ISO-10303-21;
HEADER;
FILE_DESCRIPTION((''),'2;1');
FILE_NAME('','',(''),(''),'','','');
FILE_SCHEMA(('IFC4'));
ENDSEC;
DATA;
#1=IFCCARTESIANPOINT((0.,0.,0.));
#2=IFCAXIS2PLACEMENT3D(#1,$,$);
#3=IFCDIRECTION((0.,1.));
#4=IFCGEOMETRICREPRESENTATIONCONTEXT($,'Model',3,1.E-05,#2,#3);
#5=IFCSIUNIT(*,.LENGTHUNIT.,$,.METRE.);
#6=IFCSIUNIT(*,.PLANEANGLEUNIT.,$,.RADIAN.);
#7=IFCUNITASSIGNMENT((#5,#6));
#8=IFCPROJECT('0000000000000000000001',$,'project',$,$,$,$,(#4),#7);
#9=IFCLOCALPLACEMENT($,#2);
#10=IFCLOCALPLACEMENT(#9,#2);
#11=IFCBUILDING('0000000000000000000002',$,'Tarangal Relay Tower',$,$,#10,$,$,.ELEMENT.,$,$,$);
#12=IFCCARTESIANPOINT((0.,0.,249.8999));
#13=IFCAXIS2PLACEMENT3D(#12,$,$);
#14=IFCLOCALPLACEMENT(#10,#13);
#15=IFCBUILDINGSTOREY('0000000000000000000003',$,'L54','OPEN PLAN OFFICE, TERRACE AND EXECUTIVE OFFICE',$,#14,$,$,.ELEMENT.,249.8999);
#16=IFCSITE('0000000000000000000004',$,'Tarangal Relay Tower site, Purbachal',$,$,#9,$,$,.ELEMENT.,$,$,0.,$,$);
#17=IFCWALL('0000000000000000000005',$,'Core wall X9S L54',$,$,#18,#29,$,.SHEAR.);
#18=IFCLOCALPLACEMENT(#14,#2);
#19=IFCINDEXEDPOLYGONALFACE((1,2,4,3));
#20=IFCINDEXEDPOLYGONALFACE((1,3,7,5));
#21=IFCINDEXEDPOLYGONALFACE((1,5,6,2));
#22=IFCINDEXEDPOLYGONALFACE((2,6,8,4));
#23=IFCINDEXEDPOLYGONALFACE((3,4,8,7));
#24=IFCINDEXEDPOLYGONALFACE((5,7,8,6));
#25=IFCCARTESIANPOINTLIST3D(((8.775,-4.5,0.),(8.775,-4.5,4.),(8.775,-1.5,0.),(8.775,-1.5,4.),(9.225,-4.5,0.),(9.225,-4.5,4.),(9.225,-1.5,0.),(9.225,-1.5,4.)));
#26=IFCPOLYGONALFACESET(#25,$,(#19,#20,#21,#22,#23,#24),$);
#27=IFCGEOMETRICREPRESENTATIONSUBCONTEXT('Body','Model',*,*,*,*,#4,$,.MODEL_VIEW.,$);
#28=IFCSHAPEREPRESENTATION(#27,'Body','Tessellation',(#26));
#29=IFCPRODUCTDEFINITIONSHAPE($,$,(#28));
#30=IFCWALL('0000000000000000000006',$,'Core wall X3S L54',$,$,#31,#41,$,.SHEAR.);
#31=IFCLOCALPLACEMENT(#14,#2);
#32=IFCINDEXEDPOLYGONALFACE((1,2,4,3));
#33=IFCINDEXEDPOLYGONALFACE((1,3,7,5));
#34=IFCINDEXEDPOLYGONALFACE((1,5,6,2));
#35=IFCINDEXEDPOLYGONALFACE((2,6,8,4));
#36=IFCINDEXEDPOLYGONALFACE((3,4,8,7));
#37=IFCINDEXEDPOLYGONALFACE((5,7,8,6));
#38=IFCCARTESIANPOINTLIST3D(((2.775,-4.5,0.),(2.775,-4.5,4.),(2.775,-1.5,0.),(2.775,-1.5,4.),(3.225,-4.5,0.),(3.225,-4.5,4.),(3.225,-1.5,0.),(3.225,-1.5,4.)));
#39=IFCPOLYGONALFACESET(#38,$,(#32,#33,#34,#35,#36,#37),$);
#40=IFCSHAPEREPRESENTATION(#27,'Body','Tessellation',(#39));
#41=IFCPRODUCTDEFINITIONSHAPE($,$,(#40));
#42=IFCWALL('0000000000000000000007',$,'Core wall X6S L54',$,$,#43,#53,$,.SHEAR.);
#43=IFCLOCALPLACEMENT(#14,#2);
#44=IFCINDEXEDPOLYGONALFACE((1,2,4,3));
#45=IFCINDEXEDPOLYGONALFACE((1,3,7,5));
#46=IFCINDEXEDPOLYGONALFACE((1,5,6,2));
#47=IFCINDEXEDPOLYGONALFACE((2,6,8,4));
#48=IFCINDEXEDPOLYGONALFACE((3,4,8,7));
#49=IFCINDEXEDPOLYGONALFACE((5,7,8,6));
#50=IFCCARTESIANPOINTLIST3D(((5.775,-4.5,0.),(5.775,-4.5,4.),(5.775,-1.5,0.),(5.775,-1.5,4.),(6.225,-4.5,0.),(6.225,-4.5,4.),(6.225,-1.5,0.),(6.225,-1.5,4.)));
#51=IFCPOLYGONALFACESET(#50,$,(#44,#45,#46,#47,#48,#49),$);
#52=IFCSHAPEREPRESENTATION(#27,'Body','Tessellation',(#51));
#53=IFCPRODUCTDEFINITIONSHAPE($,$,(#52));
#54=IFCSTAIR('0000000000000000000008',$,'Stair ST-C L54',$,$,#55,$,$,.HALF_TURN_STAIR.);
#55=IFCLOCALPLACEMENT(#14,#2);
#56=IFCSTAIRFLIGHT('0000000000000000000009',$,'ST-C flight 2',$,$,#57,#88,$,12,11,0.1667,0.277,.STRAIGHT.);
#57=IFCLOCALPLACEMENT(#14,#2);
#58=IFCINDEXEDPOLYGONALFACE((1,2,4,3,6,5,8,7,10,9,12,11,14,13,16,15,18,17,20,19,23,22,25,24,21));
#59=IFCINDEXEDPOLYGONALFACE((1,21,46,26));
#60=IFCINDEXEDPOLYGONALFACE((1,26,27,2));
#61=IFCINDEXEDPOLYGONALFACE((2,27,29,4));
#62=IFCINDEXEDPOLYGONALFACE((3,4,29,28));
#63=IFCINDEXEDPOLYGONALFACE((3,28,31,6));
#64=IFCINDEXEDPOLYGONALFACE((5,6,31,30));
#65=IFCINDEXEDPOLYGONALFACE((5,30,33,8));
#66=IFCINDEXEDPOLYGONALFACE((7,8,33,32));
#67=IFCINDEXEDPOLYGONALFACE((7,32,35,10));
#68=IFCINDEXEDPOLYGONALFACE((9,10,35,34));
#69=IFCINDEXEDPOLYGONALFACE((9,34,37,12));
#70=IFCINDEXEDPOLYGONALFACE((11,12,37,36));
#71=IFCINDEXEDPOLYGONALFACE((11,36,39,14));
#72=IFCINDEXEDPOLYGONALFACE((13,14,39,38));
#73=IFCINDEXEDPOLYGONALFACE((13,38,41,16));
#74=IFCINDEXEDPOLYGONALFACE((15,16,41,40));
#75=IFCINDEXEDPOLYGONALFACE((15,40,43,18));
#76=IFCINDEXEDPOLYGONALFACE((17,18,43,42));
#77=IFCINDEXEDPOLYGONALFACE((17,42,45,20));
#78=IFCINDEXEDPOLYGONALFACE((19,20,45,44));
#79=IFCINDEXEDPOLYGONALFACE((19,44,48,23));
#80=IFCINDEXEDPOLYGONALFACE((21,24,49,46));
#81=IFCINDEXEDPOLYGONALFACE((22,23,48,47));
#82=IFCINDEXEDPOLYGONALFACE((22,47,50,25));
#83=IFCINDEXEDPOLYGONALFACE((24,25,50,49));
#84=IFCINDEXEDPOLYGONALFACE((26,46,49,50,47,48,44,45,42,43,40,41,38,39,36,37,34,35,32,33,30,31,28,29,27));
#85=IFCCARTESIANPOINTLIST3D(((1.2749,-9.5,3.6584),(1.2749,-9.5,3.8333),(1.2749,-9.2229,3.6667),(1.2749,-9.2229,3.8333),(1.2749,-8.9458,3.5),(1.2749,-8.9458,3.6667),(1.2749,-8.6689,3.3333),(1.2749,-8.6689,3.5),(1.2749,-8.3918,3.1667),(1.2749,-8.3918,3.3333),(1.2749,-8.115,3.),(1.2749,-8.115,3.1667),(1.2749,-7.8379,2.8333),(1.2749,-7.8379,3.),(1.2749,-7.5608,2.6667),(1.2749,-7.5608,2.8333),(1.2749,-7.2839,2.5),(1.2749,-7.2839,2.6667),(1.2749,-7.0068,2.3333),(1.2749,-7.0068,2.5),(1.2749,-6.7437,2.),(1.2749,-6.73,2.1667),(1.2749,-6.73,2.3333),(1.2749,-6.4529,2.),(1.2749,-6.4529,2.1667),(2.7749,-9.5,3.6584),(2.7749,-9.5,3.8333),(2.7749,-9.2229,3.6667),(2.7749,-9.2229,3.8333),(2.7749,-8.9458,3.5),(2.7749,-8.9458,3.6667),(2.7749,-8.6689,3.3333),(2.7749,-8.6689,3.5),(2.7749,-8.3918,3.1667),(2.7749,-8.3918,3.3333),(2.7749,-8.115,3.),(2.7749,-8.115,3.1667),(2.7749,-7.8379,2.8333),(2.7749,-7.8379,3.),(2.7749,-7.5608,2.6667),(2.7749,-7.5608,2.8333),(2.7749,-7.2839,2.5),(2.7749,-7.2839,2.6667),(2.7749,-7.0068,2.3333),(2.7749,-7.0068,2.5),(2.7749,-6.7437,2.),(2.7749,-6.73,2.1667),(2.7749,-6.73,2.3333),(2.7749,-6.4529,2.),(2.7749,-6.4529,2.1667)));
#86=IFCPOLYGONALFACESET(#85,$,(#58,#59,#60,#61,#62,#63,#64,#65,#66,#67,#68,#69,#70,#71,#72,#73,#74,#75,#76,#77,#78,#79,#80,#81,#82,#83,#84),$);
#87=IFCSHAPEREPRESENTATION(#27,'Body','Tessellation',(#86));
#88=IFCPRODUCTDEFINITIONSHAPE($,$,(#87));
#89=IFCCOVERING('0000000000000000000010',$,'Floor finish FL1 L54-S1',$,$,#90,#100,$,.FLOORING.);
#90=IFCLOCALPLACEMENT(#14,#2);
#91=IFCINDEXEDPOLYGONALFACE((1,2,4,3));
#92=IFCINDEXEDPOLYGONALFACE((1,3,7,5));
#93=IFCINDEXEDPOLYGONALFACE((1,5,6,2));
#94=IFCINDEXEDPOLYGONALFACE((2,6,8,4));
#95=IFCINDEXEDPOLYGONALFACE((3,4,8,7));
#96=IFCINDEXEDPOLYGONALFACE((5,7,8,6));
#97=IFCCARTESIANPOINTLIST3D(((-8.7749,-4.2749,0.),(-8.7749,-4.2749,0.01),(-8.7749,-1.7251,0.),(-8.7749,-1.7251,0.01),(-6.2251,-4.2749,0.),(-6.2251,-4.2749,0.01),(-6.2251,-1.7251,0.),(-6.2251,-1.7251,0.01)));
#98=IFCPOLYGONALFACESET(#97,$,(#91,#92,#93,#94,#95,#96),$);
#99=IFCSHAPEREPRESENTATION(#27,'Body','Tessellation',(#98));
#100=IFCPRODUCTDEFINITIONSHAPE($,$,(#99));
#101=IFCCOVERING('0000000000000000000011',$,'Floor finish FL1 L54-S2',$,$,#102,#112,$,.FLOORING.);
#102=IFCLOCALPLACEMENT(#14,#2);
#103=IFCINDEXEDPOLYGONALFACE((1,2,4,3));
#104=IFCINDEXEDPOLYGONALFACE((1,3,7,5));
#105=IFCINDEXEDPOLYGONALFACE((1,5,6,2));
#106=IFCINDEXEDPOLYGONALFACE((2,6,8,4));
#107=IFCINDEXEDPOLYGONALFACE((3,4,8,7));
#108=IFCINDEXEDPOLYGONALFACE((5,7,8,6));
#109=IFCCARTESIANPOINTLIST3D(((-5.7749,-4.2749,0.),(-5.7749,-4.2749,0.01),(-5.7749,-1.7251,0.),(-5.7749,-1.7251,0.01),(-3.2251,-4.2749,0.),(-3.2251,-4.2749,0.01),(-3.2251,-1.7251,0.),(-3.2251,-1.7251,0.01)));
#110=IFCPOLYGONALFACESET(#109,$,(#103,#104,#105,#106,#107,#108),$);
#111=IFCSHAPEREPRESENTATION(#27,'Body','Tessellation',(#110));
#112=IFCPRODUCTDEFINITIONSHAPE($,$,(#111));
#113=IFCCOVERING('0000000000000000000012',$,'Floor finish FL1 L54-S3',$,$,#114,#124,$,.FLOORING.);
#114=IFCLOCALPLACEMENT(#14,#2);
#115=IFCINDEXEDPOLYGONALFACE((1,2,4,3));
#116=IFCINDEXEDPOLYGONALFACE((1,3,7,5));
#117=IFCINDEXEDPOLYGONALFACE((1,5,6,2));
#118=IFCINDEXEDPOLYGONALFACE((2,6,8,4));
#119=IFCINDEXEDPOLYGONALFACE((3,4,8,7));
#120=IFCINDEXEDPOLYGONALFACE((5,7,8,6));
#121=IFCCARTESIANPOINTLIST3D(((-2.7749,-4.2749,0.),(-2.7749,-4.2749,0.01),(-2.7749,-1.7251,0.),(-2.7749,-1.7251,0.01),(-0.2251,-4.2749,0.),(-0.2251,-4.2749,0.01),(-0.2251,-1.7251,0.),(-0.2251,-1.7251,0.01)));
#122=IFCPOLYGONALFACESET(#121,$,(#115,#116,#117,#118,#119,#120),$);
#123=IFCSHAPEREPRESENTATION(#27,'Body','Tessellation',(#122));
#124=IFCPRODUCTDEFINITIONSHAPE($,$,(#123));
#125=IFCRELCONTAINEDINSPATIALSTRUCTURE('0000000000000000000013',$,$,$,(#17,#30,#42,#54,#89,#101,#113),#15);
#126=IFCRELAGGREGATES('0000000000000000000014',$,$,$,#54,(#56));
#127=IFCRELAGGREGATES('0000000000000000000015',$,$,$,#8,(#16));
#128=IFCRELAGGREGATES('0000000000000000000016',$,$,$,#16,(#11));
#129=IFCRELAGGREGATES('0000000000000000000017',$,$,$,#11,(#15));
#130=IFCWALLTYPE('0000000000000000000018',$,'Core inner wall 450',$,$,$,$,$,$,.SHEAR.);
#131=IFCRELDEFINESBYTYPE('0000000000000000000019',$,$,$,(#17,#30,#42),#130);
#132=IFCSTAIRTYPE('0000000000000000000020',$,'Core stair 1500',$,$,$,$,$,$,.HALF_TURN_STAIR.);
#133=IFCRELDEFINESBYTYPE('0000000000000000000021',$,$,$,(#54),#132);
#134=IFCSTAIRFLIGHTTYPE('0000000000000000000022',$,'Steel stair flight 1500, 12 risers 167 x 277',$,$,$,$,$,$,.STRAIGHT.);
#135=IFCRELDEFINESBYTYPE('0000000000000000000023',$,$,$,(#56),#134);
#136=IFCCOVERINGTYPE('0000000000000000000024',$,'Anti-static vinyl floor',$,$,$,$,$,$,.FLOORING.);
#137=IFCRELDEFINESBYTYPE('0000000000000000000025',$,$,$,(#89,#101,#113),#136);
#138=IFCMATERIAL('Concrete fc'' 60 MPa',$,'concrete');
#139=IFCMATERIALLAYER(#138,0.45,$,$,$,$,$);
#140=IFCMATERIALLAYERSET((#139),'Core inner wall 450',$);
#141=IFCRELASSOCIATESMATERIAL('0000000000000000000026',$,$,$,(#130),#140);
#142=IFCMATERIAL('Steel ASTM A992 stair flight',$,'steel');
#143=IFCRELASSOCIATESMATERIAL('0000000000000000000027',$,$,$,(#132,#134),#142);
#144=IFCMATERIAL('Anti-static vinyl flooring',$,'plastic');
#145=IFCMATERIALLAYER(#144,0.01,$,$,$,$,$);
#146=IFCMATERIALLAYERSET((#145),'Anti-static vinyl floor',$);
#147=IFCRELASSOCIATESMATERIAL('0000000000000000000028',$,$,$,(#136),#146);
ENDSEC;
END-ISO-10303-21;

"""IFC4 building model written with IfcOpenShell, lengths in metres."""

from ifc_helpers import new_model, si_unit, direction, frame, frame_2d, origin, place, context, subcontext, project, spatial, polyline, rectangle, outline, extrude, material, layer, layer_set, type_object, element, aggregate, save


model = new_model("IFC4")

# Units and contexts
model_context = context("Model", 3, precision=1e-05, world=origin(), true_north=direction((0.0, 1.0)))
body_context = subcontext(model_context, "Body", "Model", "MODEL_VIEW")
ifc_project = project(units=[si_unit("LENGTHUNIT", "METRE"), si_unit("PLANEANGLEUNIT", "RADIAN")], contexts=[model_context])

# Site, building, storey
site_placement = place(None, origin())
site = spatial("IfcSite", under=ifc_project, at=site_placement, Name="Tarangal Relay Tower site, Purbachal", CompositionType="ELEMENT", RefElevation=0.0)
building_placement = place(site_placement, origin())
building = spatial("IfcBuilding", under=site, at=building_placement, Name="Tarangal Relay Tower", CompositionType="ELEMENT")
storey_placement = place(building_placement, frame((0.0, 0.0, 249.8999)))
storey = spatial("IfcBuildingStorey", under=building, at=storey_placement, Name="L54", Description="OPEN PLAN OFFICE, TERRACE AND EXECUTIVE OFFICE", CompositionType="ELEMENT", Elevation=249.8999)

# Walls
ifc_material_1 = material(Name="Concrete fc' 60 MPa", Category="concrete")
ifc_layer_1 = layer(ifc_material_1, 0.45)
ifc_layer_set_1 = layer_set([ifc_layer_1], Name="Core inner wall 450")
wall_type_1 = type_object("IfcWallType", Name="Core inner wall 450", PredefinedType="SHEAR", material=ifc_layer_set_1)
for number, where, z_axis, x_axis, name in (
    (1, (9.0, -4.5, 0.0), (0.0, 0.0, 1.0), (0.0, 1.0, 0.0), "Core wall X9S L54"),
    (2, (3.0, -4.5, 0.0), (0.0, 0.0, 1.0), (0.0, 1.0, 0.0), "Core wall X3S L54"),
    (3, (6.0, -4.5, 0.0), (0.0, 0.0, 1.0), (0.0, 1.0, 0.0), "Core wall X6S L54"),
):
    element("IfcWall", number, at=place(storey_placement, frame(where, z_axis=z_axis, x_axis=x_axis)), inside=storey, type_object=wall_type_1, Name=name, PredefinedType="SHEAR", context=body_context, shape_type="SweptSolid", body=[
        extrude(rectangle(XDim=3.0, YDim=0.45, at=frame_2d((1.5, 0.0))), origin(), (0.0, 0.0, 1.0), 4.0),
    ])

# Stair, stair flight
ifc_material_2 = material(Name="Steel ASTM A992 stair flight", Category="steel")
stair_type = type_object("IfcStairType", Name="Core stair 1500", PredefinedType="HALF_TURN_STAIR", material=ifc_material_2)
stair_placement = place(storey_placement, origin())
stair = element("IfcStair", 4, at=stair_placement, inside=storey, type_object=stair_type, Name="Stair ST-C L54", PredefinedType="HALF_TURN_STAIR")
stair_flight_type = type_object("IfcStairFlightType", Name="Steel stair flight 1500, 12 risers 167 x 277", PredefinedType="STRAIGHT", material=ifc_material_2)
stair_flight_placement = place(storey_placement, frame((2.0249, -6.4529, 2.0), z_axis=(0.0, 0.0, 1.0), x_axis=(0.0, -1.0, 0.0)))
stair_flight = element("IfcStairFlight", 5, at=stair_flight_placement, type_object=stair_flight_type, Name="ST-C flight 2", NumberOfRisers=12, NumberOfTreads=11, PredefinedType="STRAIGHT", RiserHeight=0.1667, TreadLength=0.277, context=body_context, shape_type="SweptSolid", body=[
    extrude(outline(polyline([(0.0, 0.0), (0.0, 0.1667), (0.2771, 0.1667), (0.2771, 0.3333), (0.554, 0.3333), (0.554, 0.5), (0.8311, 0.5), (0.8311, 0.6667), (1.1079, 0.6667), (1.1079, 0.8333), (1.385, 0.8333), (1.385, 1.0), (1.6621, 1.0), (1.6621, 1.1667), (1.939, 1.1667), (1.939, 1.3333), (2.2161, 1.3333), (2.2161, 1.5), (2.4929, 1.5), (2.4929, 1.6667), (2.77, 1.6667), (2.77, 1.8333), (3.0471, 1.8333), (3.0471, 2.0), (3.0471, 1.6584), (0.2908, 0.0), (0.0, 0.0)])), frame((0.0, 0.75, 0.0), z_axis=(0.0, -1.0, 0.0), x_axis=(1.0, 0.0, 0.0)), (0.0, 0.0, 1.0), 1.5),
])
aggregate(stair, [stair_flight])

# Coverings
ifc_material_3 = material(Name="Anti-static vinyl flooring", Category="plastic")
ifc_layer_2 = layer(ifc_material_3, 0.01)
ifc_layer_set_2 = layer_set([ifc_layer_2], Name="Anti-static vinyl floor")
covering_type_1 = type_object("IfcCoveringType", Name="Anti-static vinyl floor", PredefinedType="FLOORING", material=ifc_layer_set_2)
covering_1_placement = place(storey_placement, origin())
element("IfcCovering", 6, at=covering_1_placement, inside=storey, type_object=covering_type_1, Name="Floor finish FL1 L54-S1", PredefinedType="FLOORING", context=body_context, shape_type="SweptSolid", body=[
    extrude(outline(polyline([(-8.7749, -4.2749), (-6.2251, -4.2749), (-6.2251, -1.7251), (-8.7749, -1.7251), (-8.7749, -4.2749)])), origin(), (0.0, 0.0, 1.0), 0.01),
])
covering_2_placement = place(storey_placement, origin())
element("IfcCovering", 7, at=covering_2_placement, inside=storey, type_object=covering_type_1, Name="Floor finish FL1 L54-S2", PredefinedType="FLOORING", context=body_context, shape_type="SweptSolid", body=[
    extrude(outline(polyline([(-5.7749, -4.2749), (-3.2251, -4.2749), (-3.2251, -1.7251), (-5.7749, -1.7251), (-5.7749, -4.2749)])), origin(), (0.0, 0.0, 1.0), 0.01),
])
covering_3_placement = place(storey_placement, origin())
element("IfcCovering", 8, at=covering_3_placement, inside=storey, type_object=covering_type_1, Name="Floor finish FL1 L54-S3", PredefinedType="FLOORING", context=body_context, shape_type="SweptSolid", body=[
    extrude(outline(polyline([(-2.7749, -4.2749), (-0.2251, -4.2749), (-0.2251, -1.7251), (-2.7749, -1.7251), (-2.7749, -4.2749)])), origin(), (0.0, 0.0, 1.0), 0.01),
])

save(model, "model.ifc")
